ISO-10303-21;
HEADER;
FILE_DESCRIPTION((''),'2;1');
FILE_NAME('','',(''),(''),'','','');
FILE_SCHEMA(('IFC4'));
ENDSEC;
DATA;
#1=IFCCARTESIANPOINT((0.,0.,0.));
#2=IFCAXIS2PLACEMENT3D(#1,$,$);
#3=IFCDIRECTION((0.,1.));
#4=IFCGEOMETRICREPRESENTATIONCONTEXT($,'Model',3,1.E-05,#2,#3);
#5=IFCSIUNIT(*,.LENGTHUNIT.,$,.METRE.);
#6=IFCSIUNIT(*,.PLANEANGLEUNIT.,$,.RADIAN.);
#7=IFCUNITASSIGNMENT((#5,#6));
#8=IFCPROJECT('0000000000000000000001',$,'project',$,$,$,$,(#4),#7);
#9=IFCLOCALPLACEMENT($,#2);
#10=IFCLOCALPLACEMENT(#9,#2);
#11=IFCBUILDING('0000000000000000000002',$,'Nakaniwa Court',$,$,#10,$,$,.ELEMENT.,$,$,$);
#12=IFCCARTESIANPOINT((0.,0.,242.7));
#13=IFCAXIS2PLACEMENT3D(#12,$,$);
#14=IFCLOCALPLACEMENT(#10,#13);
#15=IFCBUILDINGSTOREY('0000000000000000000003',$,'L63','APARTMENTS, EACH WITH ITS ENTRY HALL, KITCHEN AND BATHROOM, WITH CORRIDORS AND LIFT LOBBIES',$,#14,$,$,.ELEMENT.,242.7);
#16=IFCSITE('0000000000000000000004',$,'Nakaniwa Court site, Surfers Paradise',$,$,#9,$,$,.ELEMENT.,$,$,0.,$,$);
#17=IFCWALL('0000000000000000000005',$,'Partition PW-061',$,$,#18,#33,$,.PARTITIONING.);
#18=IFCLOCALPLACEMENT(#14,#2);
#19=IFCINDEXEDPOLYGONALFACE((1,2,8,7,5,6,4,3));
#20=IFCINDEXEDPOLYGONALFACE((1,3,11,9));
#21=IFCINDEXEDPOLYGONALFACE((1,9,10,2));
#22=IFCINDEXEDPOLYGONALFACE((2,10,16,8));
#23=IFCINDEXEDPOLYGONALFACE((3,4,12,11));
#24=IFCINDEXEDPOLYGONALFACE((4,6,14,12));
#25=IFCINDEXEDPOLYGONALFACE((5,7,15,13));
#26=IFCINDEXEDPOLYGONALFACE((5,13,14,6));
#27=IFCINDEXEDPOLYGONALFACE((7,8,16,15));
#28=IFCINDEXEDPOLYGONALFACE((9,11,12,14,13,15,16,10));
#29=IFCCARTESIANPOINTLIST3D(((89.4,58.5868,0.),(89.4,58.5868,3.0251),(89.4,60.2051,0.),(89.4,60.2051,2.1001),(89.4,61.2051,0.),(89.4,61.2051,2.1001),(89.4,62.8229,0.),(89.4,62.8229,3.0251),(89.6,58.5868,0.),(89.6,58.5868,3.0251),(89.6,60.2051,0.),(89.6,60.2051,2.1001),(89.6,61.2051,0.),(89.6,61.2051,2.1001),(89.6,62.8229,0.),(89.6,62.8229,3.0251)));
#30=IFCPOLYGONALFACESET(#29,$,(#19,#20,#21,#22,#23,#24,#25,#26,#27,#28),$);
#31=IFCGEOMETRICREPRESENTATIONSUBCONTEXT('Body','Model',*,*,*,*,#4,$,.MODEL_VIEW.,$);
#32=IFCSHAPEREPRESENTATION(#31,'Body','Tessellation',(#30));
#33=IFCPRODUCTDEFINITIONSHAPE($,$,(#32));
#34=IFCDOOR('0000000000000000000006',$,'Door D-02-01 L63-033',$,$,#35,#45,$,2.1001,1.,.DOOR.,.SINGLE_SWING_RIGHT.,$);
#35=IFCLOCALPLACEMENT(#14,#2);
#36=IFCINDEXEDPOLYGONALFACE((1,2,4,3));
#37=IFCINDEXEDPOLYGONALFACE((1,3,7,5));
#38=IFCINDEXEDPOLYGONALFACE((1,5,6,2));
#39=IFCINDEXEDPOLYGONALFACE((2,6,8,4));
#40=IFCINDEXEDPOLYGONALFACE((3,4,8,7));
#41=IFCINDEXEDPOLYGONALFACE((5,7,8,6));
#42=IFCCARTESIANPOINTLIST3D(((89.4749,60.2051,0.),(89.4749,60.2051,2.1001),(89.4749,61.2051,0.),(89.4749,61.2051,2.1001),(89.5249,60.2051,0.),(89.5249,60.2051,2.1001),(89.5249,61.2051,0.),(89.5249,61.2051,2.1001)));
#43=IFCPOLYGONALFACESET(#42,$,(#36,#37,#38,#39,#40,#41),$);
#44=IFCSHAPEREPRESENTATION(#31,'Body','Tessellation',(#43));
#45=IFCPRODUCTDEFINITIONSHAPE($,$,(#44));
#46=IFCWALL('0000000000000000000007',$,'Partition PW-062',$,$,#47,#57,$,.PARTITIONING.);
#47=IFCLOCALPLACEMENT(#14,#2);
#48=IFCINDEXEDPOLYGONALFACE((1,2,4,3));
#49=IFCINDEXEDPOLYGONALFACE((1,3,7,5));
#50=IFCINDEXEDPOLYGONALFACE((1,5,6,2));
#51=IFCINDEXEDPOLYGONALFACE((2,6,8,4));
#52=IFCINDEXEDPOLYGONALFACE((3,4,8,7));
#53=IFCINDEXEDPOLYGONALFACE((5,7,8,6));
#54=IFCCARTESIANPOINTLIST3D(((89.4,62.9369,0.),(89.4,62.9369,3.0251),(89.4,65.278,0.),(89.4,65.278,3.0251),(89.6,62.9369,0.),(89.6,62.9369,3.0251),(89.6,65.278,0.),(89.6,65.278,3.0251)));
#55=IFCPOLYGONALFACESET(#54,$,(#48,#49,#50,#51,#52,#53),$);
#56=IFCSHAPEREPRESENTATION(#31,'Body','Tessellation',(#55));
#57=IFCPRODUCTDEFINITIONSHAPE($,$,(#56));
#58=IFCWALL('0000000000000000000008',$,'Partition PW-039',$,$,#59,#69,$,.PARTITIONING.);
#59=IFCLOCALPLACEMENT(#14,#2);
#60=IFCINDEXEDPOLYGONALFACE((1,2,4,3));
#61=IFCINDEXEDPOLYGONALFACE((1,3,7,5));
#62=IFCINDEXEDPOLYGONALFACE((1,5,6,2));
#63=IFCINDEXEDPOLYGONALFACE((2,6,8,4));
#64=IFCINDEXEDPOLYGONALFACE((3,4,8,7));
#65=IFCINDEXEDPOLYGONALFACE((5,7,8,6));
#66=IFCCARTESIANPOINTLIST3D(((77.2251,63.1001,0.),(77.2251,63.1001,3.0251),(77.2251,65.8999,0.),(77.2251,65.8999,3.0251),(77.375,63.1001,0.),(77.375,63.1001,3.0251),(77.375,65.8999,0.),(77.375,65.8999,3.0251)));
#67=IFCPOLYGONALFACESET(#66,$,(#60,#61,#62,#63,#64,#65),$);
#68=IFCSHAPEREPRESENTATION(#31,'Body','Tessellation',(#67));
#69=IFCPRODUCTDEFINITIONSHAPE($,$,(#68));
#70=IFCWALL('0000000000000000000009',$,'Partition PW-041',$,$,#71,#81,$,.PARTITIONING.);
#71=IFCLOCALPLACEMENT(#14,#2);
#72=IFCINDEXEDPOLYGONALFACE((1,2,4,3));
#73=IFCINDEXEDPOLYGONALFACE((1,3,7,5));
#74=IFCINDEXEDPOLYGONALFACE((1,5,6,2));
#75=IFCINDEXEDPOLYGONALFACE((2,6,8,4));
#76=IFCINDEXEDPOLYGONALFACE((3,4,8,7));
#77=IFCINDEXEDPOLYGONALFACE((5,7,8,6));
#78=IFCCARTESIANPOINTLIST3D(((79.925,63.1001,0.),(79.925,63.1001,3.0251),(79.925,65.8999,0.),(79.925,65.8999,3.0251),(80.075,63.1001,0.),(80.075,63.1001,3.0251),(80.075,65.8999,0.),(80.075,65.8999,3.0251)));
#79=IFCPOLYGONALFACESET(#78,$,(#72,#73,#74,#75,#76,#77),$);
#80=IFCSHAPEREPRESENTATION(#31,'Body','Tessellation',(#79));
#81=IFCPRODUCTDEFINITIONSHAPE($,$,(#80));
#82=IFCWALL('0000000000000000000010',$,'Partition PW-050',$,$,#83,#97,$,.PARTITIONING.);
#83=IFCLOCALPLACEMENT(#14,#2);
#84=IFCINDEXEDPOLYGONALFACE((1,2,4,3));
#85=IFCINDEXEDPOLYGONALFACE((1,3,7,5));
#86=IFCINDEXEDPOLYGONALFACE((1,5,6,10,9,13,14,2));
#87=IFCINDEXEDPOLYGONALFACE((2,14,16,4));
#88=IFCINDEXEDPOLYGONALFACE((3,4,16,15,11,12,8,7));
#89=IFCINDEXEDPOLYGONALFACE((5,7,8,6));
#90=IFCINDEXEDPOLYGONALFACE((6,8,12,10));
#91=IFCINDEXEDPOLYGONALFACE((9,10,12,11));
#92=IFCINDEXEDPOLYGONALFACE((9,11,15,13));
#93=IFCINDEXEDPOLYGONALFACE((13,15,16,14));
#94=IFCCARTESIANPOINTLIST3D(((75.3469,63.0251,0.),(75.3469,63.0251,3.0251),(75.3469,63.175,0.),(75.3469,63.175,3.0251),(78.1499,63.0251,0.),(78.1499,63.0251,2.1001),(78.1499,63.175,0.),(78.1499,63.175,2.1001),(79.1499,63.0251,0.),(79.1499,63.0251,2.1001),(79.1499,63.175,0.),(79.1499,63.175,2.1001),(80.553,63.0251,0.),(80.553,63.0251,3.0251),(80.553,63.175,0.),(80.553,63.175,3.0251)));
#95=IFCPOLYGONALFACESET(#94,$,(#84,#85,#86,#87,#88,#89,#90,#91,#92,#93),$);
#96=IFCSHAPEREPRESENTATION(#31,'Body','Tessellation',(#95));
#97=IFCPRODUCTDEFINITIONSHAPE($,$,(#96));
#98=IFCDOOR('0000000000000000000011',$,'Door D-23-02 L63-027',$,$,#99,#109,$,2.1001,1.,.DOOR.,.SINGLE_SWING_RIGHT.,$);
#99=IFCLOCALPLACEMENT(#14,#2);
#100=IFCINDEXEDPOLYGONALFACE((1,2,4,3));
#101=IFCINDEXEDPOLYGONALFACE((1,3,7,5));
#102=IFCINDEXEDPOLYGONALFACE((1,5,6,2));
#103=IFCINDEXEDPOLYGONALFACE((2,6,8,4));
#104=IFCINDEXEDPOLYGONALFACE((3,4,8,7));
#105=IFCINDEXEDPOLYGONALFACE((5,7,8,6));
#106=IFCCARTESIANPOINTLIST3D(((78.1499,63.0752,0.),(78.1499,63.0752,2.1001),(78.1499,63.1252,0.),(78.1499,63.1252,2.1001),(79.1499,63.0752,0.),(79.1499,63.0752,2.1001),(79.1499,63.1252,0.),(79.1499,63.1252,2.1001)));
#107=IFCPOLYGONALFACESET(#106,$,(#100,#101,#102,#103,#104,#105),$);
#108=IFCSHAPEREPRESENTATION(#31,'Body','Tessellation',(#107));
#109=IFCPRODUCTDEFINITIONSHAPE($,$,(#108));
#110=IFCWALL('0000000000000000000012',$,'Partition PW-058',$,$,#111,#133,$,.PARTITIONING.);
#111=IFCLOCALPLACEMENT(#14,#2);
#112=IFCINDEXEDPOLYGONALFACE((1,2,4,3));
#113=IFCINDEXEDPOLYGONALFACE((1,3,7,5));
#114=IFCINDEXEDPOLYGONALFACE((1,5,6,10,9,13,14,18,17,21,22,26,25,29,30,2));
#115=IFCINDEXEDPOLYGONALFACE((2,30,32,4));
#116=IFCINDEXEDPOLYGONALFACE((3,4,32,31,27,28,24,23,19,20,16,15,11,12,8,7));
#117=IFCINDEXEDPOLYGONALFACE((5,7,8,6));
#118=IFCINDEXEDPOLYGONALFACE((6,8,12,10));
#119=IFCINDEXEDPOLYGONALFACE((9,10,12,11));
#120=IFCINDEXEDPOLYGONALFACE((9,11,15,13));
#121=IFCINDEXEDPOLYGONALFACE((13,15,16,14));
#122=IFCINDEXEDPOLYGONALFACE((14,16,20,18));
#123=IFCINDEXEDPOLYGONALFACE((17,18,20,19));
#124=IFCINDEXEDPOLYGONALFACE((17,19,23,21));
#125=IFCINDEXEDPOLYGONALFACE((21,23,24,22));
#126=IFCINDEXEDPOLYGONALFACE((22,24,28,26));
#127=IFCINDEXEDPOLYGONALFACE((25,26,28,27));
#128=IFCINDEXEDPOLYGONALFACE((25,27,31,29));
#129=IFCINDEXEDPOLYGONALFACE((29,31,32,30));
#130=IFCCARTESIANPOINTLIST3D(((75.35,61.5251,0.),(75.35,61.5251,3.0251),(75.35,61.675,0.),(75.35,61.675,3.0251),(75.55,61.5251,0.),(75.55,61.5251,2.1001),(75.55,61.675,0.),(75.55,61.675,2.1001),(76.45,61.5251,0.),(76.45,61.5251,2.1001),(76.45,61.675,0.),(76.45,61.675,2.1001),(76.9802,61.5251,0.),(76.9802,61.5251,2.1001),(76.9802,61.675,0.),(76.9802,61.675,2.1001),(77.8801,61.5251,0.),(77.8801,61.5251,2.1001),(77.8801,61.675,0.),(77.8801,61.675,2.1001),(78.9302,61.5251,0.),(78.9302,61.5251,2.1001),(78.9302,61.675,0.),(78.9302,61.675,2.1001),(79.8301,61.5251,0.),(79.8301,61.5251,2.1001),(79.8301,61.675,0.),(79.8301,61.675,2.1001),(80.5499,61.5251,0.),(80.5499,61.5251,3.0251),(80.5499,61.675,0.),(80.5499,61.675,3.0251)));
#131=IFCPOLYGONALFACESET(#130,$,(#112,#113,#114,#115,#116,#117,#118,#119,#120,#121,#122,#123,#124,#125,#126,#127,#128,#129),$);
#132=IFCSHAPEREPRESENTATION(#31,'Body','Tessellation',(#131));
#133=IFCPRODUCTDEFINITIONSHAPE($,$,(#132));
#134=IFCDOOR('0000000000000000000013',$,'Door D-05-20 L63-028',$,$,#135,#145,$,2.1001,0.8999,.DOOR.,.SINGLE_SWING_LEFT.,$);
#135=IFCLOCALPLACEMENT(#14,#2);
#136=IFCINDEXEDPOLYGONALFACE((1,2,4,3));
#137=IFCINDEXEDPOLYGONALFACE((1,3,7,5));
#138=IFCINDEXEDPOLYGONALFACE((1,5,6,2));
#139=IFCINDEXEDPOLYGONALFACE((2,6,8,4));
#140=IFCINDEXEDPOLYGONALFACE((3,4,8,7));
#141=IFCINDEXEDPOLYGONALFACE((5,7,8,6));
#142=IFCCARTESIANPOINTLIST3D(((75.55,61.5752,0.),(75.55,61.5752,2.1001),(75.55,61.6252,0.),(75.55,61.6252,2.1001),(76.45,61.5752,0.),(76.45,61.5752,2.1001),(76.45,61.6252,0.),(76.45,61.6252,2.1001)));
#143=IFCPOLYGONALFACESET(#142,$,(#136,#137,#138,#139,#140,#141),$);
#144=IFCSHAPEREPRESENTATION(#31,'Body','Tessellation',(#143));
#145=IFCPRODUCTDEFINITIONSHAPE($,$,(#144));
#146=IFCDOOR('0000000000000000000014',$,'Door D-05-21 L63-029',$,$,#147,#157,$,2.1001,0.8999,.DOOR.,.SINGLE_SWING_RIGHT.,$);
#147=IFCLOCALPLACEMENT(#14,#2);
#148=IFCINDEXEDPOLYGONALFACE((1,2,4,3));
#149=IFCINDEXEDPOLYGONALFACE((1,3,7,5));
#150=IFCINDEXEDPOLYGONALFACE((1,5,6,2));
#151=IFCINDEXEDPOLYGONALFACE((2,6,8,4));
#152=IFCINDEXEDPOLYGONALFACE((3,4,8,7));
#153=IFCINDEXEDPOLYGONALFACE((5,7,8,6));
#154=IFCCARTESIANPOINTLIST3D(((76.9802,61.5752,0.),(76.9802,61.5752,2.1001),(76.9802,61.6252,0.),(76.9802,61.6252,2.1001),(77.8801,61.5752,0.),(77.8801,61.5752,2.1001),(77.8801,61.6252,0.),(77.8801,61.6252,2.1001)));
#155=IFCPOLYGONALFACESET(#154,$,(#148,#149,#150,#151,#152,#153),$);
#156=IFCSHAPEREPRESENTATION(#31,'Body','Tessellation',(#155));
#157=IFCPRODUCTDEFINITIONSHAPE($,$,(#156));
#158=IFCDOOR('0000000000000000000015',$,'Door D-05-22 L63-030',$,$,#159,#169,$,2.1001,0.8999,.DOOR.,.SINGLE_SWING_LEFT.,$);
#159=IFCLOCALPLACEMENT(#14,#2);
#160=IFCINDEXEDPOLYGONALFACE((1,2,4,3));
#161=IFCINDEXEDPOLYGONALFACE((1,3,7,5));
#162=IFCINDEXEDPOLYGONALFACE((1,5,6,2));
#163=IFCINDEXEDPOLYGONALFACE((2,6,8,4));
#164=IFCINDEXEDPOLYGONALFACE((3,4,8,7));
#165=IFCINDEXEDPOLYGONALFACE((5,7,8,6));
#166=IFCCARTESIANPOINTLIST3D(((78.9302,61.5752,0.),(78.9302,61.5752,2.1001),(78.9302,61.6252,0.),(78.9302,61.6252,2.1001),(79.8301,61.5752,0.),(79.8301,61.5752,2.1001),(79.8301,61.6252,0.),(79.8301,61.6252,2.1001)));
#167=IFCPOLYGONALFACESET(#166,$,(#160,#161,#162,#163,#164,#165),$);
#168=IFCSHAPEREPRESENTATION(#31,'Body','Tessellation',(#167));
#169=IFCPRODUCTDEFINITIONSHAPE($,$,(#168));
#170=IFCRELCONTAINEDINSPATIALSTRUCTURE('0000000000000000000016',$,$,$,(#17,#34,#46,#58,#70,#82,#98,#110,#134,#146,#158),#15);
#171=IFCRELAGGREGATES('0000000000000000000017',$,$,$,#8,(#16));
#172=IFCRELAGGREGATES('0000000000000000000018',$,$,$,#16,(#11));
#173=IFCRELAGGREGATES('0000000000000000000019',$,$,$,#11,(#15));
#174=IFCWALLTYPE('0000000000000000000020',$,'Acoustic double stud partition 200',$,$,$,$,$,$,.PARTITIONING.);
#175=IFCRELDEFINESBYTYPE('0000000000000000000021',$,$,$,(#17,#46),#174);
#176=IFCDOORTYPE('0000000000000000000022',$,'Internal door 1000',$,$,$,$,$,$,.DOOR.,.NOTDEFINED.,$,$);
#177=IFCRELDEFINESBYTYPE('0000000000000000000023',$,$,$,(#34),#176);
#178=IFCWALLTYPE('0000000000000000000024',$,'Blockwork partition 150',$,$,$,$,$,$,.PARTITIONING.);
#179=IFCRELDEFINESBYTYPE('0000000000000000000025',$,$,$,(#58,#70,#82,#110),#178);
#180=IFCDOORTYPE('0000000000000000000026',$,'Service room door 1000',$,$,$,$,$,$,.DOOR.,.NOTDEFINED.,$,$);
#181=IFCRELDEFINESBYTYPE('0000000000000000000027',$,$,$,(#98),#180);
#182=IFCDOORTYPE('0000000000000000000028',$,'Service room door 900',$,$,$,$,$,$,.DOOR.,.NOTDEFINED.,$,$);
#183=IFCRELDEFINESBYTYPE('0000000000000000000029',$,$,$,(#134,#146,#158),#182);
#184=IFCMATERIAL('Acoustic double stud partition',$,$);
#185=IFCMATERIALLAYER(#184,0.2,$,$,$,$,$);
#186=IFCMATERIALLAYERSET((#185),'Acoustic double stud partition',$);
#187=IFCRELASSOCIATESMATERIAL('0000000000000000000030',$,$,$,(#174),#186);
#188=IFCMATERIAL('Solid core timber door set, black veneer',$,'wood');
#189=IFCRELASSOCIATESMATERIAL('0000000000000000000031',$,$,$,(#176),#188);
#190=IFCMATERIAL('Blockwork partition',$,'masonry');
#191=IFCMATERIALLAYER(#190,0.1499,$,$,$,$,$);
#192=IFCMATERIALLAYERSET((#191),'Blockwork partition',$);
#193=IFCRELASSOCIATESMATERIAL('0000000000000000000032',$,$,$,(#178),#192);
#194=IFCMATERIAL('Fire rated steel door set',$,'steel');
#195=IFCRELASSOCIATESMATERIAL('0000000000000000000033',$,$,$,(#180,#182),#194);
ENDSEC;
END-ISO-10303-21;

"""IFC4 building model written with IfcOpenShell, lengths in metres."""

from ifc_helpers import new_model, si_unit, direction, frame, frame_2d, origin, place, context, subcontext, project, spatial, rectangle, extrude, material, layer, layer_set, type_object, element, fill, save


model = new_model("IFC4")

# Units and contexts
model_context = context("Model", 3, precision=1e-05, world=origin(), true_north=direction((0.0, 1.0)))
body_context = subcontext(model_context, "Body", "Model", "MODEL_VIEW")
ifc_project = project(units=[si_unit("LENGTHUNIT", "METRE"), si_unit("PLANEANGLEUNIT", "RADIAN")], contexts=[model_context])

# Site, building, storey
site_placement = place(None, origin())
site = spatial("IfcSite", under=ifc_project, at=site_placement, Name="Nakaniwa Court site, Surfers Paradise", CompositionType="ELEMENT", RefElevation=0.0)
building_placement = place(site_placement, origin())
building = spatial("IfcBuilding", under=site, at=building_placement, Name="Nakaniwa Court", CompositionType="ELEMENT")
storey_placement = place(building_placement, frame((0.0, 0.0, 242.7)))
storey = spatial("IfcBuildingStorey", under=building, at=storey_placement, Name="L63", Description="APARTMENTS, EACH WITH ITS ENTRY HALL, KITCHEN AND BATHROOM, WITH CORRIDORS AND LIFT LOBBIES", CompositionType="ELEMENT", Elevation=242.7)

# Wall, opening, door
ifc_material_1 = material(Name="Acoustic double stud partition")
ifc_layer_1 = layer(ifc_material_1, 0.2)
ifc_layer_set_1 = layer_set([ifc_layer_1], Name="Acoustic double stud partition")
wall_type_1 = type_object("IfcWallType", Name="Acoustic double stud partition 200", PredefinedType="PARTITIONING", material=ifc_layer_set_1)
wall_1_placement = place(storey_placement, frame((89.5, 62.823, 0.0), z_axis=(0.0, 0.0, 1.0), x_axis=(0.0, -1.0, 0.0)))
wall_1 = element("IfcWall", 1, at=wall_1_placement, inside=storey, type_object=wall_type_1, Name="Partition PW-061", PredefinedType="PARTITIONING", context=body_context, shape_type="SweptSolid", body=[
    extrude(rectangle(XDim=4.2361, YDim=0.2, at=frame_2d((2.1182, 0.0))), origin(), (0.0, 0.0, 1.0), 3.0251),
])
opening_1_placement = place(wall_1_placement, frame((1.6179, 0.0, 0.0)))
opening_1 = element("IfcOpeningElement", 2, at=opening_1_placement, cuts=wall_1, PredefinedType="OPENING", context=body_context, shape_type="SweptSolid", body=[
    extrude(rectangle(XDim=1.0, YDim=2.1001, at=frame_2d((0.5, 1.05))), frame((0.0, 0.1099, 0.0), z_axis=(0.0, -1.0, 0.0), x_axis=(1.0, 0.0, 0.0)), (0.0, 0.0, 1.0), 0.22),
])
ifc_material_2 = material(Name="Solid core timber door set, black veneer", Category="wood")
door_type_1 = type_object("IfcDoorType", Name="Internal door 1000", OperationType="NOTDEFINED", PredefinedType="DOOR", material=ifc_material_2)
door_1_placement = place(opening_1_placement, origin())
door_1 = element("IfcDoor", 3, at=door_1_placement, inside=storey, type_object=door_type_1, Name="Door D-02-01 L63-033", OperationType="SINGLE_SWING_RIGHT", OverallHeight=2.1001, OverallWidth=1.0, PredefinedType="DOOR", context=body_context, shape_type="SweptSolid", body=[
    extrude(rectangle(XDim=1.0, YDim=2.1001, at=frame_2d((0.5, 1.05))), frame((0.0, 0.0249, 0.0), z_axis=(0.0, -1.0, 0.0), x_axis=(1.0, 0.0, 0.0)), (0.0, 0.0, 1.0), 0.05),
])
fill(opening_1, door_1)

# Walls
wall_2_placement = place(storey_placement, frame((89.5, 62.937, 0.0), z_axis=(0.0, 0.0, 1.0), x_axis=(0.0, 1.0, 0.0)))
element("IfcWall", 4, at=wall_2_placement, inside=storey, type_object=wall_type_1, Name="Partition PW-062", PredefinedType="PARTITIONING", context=body_context, shape_type="SweptSolid", body=[
    extrude(rectangle(XDim=2.3411, YDim=0.2, at=frame_2d((1.1704, 0.0))), origin(), (0.0, 0.0, 1.0), 3.0251),
])
ifc_material_3 = material(Name="Blockwork partition", Category="masonry")
ifc_layer_2 = layer(ifc_material_3, 0.1499)
ifc_layer_set_2 = layer_set([ifc_layer_2], Name="Blockwork partition")
wall_type_2 = type_object("IfcWallType", Name="Blockwork partition 150", PredefinedType="PARTITIONING", material=ifc_layer_set_2)
for number, where, z_axis, x_axis, name in (
    (5, (77.3, 63.1001, 0.0), (0.0, 0.0, 1.0), (0.0, 1.0, 0.0), "Partition PW-039"),
    (6, (80.0, 63.1001, 0.0), (0.0, 0.0, 1.0), (0.0, 1.0, 0.0), "Partition PW-041"),
):
    element("IfcWall", number, at=place(storey_placement, frame(where, z_axis=z_axis, x_axis=x_axis)), inside=storey, type_object=wall_type_2, Name=name, PredefinedType="PARTITIONING", context=body_context, shape_type="SweptSolid", body=[
        extrude(rectangle(XDim=2.7998, YDim=0.1499, at=frame_2d((1.3999, 0.0))), origin(), (0.0, 0.0, 1.0), 3.0251),
    ])

# Wall, opening, door
wall_3_placement = place(storey_placement, frame((80.553, 63.1001, 0.0), z_axis=(0.0, 0.0, 1.0), x_axis=(-1.0, 0.0, 0.0)))
wall_3 = element("IfcWall", 7, at=wall_3_placement, inside=storey, type_object=wall_type_2, Name="Partition PW-050", PredefinedType="PARTITIONING", context=body_context, shape_type="SweptSolid", body=[
    extrude(rectangle(XDim=5.2061, YDim=0.1499, at=frame_2d((2.603, 0.0))), origin(), (0.0, 0.0, 1.0), 3.0251),
])
opening_2_placement = place(wall_3_placement, frame((1.4031, 0.0, 0.0)))
opening_2 = element("IfcOpeningElement", 8, at=opening_2_placement, cuts=wall_3, PredefinedType="OPENING", context=body_context, shape_type="SweptSolid", body=[
    extrude(rectangle(XDim=1.0, YDim=2.1001, at=frame_2d((0.5, 1.05))), frame((0.0, 0.085, 0.0), z_axis=(0.0, -1.0, 0.0), x_axis=(1.0, 0.0, 0.0)), (0.0, 0.0, 1.0), 0.1699),
])
ifc_material_4 = material(Name="Fire rated steel door set", Category="steel")
door_type_2 = type_object("IfcDoorType", Name="Service room door 1000", OperationType="NOTDEFINED", PredefinedType="DOOR", material=ifc_material_4)
door_2_placement = place(opening_2_placement, origin())
door_2 = element("IfcDoor", 9, at=door_2_placement, inside=storey, type_object=door_type_2, Name="Door D-23-02 L63-027", OperationType="SINGLE_SWING_RIGHT", OverallHeight=2.1001, OverallWidth=1.0, PredefinedType="DOOR", context=body_context, shape_type="SweptSolid", body=[
    extrude(rectangle(XDim=1.0, YDim=2.1001, at=frame_2d((0.5, 1.05))), frame((0.0, 0.0249, 0.0), z_axis=(0.0, -1.0, 0.0), x_axis=(1.0, 0.0, 0.0)), (0.0, 0.0, 1.0), 0.05),
])
fill(opening_2, door_2)

# Wall, openings, doors
wall_4_placement = place(storey_placement, frame((80.55, 61.6001, 0.0), z_axis=(0.0, 0.0, 1.0), x_axis=(-1.0, 0.0, 0.0)))
wall_4 = element("IfcWall", 10, at=wall_4_placement, inside=storey, type_object=wall_type_2, Name="Partition PW-058", PredefinedType="PARTITIONING", context=body_context, shape_type="SweptSolid", body=[
    extrude(rectangle(XDim=5.2, YDim=0.1499, at=frame_2d((2.6001, 0.0))), origin(), (0.0, 0.0, 1.0), 3.0251),
])
opening_3_placement = place(wall_4_placement, frame((4.1001, 0.0, 0.0)))
opening_3 = element("IfcOpeningElement", 11, at=opening_3_placement, cuts=wall_4, PredefinedType="OPENING", context=body_context, shape_type="SweptSolid", body=[
    extrude(rectangle(XDim=0.8999, YDim=2.1001, at=frame_2d((0.45, 1.05))), frame((0.0, 0.085, 0.0), z_axis=(0.0, -1.0, 0.0), x_axis=(1.0, 0.0, 0.0)), (0.0, 0.0, 1.0), 0.1699),
])
opening_4_placement = place(wall_4_placement, frame((2.6699, 0.0, 0.0)))
opening_4 = element("IfcOpeningElement", 12, at=opening_4_placement, cuts=wall_4, PredefinedType="OPENING", context=body_context, shape_type="SweptSolid", body=[
    extrude(rectangle(XDim=0.8999, YDim=2.1001, at=frame_2d((0.45, 1.05))), frame((0.0, 0.085, 0.0), z_axis=(0.0, -1.0, 0.0), x_axis=(1.0, 0.0, 0.0)), (0.0, 0.0, 1.0), 0.1699),
])
opening_5_placement = place(wall_4_placement, frame((0.72, 0.0, 0.0)))
opening_5 = element("IfcOpeningElement", 13, at=opening_5_placement, cuts=wall_4, PredefinedType="OPENING", context=body_context, shape_type="SweptSolid", body=[
    extrude(rectangle(XDim=0.8999, YDim=2.1001, at=frame_2d((0.45, 1.05))), frame((0.0, 0.085, 0.0), z_axis=(0.0, -1.0, 0.0), x_axis=(1.0, 0.0, 0.0)), (0.0, 0.0, 1.0), 0.1699),
])
door_type_3 = type_object("IfcDoorType", Name="Service room door 900", OperationType="NOTDEFINED", PredefinedType="DOOR", material=ifc_material_4)
door_3_placement = place(opening_3_placement, origin())
door_3 = element("IfcDoor", 14, at=door_3_placement, inside=storey, type_object=door_type_3, Name="Door D-05-20 L63-028", OperationType="SINGLE_SWING_LEFT", OverallHeight=2.1001, OverallWidth=0.8999, PredefinedType="DOOR", context=body_context, shape_type="SweptSolid", body=[
    extrude(rectangle(XDim=0.8999, YDim=2.1001, at=frame_2d((0.45, 1.05))), frame((0.0, 0.0249, 0.0), z_axis=(0.0, -1.0, 0.0), x_axis=(1.0, 0.0, 0.0)), (0.0, 0.0, 1.0), 0.05),
])
fill(opening_3, door_3)
door_4_placement = place(opening_4_placement, origin())
door_4 = element("IfcDoor", 15, at=door_4_placement, inside=storey, type_object=door_type_3, Name="Door D-05-21 L63-029", OperationType="SINGLE_SWING_RIGHT", OverallHeight=2.1001, OverallWidth=0.8999, PredefinedType="DOOR", context=body_context, shape_type="SweptSolid", body=[
    extrude(rectangle(XDim=0.8999, YDim=2.1001, at=frame_2d((0.45, 1.05))), frame((0.0, 0.0249, 0.0), z_axis=(0.0, -1.0, 0.0), x_axis=(1.0, 0.0, 0.0)), (0.0, 0.0, 1.0), 0.05),
])
fill(opening_4, door_4)
door_5_placement = place(opening_5_placement, origin())
door_5 = element("IfcDoor", 16, at=door_5_placement, inside=storey, type_object=door_type_3, Name="Door D-05-22 L63-030", OperationType="SINGLE_SWING_LEFT", OverallHeight=2.1001, OverallWidth=0.8999, PredefinedType="DOOR", context=body_context, shape_type="SweptSolid", body=[
    extrude(rectangle(XDim=0.8999, YDim=2.1001, at=frame_2d((0.45, 1.05))), frame((0.0, 0.0249, 0.0), z_axis=(0.0, -1.0, 0.0), x_axis=(1.0, 0.0, 0.0)), (0.0, 0.0, 1.0), 0.05),
])
fill(opening_5, door_5)

save(model, "model.ifc")
